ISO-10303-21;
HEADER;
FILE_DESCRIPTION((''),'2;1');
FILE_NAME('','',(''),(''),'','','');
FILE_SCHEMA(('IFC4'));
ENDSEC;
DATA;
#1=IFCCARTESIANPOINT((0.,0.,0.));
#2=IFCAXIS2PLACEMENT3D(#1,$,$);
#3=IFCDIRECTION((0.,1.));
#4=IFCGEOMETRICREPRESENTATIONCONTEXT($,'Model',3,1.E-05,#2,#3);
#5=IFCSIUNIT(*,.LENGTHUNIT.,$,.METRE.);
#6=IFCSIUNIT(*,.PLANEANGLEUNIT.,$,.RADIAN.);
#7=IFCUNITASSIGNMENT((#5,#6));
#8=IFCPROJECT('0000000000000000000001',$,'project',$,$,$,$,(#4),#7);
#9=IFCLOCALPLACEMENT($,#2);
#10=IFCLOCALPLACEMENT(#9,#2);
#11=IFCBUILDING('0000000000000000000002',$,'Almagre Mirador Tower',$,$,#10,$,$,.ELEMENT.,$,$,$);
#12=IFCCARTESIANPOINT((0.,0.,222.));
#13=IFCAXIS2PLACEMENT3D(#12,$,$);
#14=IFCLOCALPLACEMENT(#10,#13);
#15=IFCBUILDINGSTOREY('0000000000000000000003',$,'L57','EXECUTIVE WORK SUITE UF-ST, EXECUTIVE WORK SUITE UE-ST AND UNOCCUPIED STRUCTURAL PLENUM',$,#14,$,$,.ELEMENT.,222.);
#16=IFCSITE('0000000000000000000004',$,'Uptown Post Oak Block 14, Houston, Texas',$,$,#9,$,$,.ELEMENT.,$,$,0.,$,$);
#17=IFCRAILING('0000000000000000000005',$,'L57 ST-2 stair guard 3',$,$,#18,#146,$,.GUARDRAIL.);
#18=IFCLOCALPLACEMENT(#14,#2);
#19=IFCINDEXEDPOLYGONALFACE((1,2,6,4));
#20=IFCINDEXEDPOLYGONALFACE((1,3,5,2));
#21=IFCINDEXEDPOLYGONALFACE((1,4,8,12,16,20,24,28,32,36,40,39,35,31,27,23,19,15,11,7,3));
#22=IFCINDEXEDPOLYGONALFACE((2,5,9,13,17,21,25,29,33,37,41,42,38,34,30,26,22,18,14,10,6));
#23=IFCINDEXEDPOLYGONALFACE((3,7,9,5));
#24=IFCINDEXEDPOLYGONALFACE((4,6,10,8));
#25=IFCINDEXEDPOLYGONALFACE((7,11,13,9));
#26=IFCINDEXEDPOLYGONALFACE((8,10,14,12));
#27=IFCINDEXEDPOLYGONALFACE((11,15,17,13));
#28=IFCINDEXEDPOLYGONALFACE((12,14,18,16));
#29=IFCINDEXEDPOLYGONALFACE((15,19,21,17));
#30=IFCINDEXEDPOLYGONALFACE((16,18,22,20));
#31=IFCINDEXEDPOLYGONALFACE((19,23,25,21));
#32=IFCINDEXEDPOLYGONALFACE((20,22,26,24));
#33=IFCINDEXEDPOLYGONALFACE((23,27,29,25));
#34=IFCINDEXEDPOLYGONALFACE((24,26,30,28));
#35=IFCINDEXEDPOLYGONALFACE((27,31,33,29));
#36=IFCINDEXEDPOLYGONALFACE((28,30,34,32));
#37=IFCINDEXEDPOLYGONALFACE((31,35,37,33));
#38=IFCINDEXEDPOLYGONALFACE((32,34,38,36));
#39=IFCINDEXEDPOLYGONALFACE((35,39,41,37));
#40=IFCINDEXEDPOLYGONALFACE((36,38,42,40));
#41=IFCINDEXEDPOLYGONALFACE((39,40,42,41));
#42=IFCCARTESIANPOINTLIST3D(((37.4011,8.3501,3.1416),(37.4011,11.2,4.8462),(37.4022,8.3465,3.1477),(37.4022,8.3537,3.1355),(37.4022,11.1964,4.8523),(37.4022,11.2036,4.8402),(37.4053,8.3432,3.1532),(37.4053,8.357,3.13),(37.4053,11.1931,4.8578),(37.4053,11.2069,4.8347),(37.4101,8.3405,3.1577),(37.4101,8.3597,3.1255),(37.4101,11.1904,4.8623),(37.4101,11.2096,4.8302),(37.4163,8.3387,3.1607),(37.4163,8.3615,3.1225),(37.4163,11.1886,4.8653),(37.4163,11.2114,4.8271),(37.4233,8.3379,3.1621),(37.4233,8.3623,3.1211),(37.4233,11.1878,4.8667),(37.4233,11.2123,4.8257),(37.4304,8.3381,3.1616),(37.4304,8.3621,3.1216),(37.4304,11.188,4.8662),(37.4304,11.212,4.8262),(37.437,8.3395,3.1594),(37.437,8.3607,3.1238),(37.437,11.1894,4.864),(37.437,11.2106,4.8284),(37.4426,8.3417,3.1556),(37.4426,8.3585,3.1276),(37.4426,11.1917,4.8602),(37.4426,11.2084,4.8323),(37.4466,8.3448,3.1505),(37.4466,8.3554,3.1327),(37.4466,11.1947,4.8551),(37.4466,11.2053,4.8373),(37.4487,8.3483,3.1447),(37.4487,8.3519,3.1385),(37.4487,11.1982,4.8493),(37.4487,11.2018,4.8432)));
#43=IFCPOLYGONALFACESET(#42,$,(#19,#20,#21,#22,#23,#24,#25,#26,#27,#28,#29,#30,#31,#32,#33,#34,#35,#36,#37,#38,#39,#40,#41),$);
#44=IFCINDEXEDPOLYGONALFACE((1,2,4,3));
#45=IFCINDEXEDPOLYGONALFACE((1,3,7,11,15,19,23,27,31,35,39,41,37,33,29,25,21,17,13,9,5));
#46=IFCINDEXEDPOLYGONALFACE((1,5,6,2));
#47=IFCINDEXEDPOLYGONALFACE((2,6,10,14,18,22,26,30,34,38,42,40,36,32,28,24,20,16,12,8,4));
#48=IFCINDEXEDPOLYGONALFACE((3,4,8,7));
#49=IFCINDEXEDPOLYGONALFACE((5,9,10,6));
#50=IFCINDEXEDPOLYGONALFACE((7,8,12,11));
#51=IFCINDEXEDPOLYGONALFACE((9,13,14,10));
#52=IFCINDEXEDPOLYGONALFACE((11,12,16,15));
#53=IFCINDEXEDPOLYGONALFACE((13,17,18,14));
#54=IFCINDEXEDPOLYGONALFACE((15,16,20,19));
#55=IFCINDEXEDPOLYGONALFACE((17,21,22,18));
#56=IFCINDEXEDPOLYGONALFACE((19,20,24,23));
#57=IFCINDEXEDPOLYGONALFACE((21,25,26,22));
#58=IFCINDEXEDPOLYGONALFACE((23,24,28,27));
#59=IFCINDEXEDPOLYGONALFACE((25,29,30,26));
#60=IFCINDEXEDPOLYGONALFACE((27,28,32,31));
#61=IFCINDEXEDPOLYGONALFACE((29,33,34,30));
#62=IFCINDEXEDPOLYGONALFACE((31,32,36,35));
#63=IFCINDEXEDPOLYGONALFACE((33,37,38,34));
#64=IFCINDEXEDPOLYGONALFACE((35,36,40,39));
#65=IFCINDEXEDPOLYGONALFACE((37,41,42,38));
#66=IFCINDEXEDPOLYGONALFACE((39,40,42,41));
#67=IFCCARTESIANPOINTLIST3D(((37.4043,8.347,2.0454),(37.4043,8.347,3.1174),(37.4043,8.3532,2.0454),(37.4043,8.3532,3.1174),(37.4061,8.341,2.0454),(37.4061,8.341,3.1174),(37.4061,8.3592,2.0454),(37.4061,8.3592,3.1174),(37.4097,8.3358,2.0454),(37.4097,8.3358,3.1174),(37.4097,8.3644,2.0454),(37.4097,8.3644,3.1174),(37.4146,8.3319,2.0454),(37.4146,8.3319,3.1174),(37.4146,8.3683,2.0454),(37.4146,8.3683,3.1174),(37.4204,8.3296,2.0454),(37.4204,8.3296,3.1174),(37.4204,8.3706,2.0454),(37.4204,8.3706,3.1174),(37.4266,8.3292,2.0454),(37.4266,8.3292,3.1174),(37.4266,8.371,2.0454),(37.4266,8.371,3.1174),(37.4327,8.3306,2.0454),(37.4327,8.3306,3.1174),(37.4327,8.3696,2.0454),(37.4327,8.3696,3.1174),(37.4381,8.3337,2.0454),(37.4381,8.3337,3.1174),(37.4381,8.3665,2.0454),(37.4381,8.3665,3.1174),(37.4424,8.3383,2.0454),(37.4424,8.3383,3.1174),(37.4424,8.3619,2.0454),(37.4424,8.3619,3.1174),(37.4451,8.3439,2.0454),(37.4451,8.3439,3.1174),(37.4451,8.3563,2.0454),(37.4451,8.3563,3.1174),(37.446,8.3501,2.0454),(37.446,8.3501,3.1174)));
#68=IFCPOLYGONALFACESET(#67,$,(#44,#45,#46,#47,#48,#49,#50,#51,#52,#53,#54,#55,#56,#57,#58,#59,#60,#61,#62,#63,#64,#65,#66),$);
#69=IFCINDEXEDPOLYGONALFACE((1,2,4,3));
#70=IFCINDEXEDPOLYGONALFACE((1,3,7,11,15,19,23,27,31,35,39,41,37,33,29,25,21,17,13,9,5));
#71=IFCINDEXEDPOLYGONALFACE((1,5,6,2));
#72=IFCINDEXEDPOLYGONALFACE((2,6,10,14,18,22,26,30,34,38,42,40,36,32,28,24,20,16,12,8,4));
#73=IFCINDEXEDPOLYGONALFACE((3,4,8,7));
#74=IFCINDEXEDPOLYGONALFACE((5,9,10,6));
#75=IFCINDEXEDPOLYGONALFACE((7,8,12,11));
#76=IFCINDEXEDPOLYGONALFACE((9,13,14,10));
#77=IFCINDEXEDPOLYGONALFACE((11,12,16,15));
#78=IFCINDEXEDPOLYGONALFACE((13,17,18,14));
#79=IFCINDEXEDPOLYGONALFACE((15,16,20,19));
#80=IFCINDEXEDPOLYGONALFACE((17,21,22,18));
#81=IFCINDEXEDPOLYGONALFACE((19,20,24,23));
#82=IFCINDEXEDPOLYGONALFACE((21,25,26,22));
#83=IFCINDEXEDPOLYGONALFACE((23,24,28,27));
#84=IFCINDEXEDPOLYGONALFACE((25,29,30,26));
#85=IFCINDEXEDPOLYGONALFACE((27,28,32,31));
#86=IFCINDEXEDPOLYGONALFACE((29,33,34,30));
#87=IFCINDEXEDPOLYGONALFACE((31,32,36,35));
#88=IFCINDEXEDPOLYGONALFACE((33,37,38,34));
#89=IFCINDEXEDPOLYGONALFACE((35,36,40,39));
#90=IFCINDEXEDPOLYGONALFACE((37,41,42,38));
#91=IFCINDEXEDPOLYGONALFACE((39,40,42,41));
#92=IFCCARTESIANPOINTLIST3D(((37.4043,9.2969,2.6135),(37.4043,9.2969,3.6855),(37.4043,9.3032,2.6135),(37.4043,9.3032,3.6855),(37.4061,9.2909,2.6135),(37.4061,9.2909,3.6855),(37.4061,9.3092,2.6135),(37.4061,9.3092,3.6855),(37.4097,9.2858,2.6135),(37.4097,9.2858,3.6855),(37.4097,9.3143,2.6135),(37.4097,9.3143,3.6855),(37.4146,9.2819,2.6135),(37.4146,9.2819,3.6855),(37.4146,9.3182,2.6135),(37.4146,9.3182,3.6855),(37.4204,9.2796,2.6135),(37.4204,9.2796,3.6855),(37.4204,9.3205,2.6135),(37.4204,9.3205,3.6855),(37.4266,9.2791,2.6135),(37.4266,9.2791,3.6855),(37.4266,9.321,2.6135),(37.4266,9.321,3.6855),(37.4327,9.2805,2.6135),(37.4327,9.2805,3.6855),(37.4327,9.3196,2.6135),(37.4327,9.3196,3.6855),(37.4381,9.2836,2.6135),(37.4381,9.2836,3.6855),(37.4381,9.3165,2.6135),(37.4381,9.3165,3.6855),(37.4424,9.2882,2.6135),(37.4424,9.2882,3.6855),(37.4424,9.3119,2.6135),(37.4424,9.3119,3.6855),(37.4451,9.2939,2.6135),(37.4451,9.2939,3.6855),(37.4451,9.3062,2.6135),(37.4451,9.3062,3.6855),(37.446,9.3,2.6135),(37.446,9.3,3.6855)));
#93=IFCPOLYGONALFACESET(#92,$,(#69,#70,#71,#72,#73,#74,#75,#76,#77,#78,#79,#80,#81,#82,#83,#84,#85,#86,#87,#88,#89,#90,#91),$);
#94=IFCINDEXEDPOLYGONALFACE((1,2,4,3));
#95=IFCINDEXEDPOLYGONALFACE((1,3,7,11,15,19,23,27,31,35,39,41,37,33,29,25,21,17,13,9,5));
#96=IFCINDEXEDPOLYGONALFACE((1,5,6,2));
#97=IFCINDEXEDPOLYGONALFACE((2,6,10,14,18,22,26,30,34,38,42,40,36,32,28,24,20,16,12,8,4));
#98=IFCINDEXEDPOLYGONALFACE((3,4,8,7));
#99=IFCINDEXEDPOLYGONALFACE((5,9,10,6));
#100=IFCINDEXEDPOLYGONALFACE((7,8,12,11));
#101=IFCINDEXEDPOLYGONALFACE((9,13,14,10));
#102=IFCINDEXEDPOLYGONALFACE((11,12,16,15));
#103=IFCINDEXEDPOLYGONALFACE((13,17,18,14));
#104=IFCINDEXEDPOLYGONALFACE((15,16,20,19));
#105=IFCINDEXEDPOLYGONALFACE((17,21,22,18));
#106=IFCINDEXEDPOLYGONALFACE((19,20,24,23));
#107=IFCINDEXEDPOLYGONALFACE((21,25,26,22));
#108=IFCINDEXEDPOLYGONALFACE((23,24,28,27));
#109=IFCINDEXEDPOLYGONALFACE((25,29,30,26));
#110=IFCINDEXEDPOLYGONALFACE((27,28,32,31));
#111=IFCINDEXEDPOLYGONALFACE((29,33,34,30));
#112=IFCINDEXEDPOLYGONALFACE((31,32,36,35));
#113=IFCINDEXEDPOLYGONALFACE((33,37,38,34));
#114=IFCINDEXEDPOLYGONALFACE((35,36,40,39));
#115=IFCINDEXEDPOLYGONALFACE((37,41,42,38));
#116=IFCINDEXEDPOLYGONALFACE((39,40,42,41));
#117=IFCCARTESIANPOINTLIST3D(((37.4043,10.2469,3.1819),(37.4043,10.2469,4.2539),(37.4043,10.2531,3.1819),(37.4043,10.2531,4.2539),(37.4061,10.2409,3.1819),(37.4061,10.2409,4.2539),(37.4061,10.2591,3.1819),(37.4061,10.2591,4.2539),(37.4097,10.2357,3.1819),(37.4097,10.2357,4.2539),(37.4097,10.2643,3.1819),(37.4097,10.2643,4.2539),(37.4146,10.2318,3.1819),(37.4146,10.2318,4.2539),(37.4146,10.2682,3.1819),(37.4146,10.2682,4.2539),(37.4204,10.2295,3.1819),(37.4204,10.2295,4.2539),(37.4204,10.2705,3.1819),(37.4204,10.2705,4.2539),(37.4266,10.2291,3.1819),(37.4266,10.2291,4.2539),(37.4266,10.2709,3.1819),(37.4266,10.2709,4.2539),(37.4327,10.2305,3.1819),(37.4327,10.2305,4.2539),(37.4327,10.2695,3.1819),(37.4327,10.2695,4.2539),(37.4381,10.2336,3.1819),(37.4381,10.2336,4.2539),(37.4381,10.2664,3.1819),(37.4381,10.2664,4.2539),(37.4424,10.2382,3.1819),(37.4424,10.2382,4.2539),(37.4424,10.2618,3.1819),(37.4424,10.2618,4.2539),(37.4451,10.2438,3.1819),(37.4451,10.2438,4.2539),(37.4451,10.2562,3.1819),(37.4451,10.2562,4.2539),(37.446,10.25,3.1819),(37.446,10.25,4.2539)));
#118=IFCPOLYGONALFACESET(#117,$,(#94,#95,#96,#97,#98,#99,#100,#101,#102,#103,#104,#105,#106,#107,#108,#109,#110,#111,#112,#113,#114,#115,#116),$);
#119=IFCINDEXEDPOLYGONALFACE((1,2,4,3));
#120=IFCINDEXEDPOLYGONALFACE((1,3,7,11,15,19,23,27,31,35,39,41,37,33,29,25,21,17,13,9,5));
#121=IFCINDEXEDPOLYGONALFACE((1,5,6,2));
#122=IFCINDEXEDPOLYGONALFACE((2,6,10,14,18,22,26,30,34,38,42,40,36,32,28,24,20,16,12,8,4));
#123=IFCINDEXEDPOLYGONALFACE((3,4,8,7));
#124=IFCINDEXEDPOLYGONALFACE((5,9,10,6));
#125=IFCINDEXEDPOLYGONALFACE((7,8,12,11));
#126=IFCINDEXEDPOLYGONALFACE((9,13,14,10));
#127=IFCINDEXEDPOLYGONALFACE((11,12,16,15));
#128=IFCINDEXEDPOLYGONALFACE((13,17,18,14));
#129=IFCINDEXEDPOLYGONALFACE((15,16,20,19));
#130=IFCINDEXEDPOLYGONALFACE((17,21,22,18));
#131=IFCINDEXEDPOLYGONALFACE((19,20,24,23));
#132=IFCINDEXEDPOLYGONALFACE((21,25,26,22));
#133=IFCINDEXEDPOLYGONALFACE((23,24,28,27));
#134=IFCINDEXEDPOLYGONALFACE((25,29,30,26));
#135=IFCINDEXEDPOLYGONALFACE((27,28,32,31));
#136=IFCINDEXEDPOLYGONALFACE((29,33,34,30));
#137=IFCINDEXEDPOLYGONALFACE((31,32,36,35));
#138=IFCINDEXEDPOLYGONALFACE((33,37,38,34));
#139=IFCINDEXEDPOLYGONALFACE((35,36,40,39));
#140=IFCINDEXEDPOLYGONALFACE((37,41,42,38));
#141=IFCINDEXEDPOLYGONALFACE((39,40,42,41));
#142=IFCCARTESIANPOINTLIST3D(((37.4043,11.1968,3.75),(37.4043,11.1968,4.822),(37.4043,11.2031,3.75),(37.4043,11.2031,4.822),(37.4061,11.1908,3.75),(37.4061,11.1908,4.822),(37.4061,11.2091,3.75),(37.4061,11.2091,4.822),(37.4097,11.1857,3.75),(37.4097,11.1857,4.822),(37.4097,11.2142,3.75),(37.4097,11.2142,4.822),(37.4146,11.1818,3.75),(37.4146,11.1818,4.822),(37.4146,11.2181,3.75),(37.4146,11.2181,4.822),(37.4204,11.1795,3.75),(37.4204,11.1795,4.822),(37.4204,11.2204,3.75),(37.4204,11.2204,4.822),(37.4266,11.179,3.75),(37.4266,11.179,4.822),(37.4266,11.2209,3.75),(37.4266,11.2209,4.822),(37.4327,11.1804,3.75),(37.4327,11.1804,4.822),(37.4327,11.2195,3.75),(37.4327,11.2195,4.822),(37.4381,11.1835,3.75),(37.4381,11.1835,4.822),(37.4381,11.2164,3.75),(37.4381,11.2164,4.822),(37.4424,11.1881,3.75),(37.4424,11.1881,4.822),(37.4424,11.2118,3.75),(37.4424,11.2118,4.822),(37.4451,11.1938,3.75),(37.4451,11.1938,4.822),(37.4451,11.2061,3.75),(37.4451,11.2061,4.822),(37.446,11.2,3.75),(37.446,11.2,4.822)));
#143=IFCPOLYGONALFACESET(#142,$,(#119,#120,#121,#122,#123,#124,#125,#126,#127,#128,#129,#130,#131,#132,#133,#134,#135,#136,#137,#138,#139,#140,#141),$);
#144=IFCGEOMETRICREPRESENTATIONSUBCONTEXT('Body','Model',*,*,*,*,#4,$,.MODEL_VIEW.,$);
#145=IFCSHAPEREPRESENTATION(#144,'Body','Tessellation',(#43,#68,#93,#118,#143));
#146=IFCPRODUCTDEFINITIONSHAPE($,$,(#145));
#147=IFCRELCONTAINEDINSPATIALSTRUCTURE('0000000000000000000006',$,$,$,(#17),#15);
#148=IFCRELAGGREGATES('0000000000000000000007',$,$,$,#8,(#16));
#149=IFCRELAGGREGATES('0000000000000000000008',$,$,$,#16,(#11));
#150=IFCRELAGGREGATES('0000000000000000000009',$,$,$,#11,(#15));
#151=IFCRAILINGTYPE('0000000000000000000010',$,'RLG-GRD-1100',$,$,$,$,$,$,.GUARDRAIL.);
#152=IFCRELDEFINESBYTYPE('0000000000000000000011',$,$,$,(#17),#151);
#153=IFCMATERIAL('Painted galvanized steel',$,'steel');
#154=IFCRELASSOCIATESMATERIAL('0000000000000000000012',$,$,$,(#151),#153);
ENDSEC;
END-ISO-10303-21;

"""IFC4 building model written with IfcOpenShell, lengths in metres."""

from ifc_helpers import new_model, si_unit, direction, frame, origin, origin_2d, place, context, subcontext, project, spatial, circle, extrude, material, type_object, element, save


model = new_model("IFC4")

# Units and contexts
model_context = context("Model", 3, precision=1e-05, world=origin(), true_north=direction((0.0, 1.0)))
body_context = subcontext(model_context, "Body", "Model", "MODEL_VIEW")
ifc_project = project(units=[si_unit("LENGTHUNIT", "METRE"), si_unit("PLANEANGLEUNIT", "RADIAN")], contexts=[model_context])

# Site, building, storey
site_placement = place(None, origin())
site = spatial("IfcSite", under=ifc_project, at=site_placement, Name="Uptown Post Oak Block 14, Houston, Texas", CompositionType="ELEMENT", RefElevation=0.0)
building_placement = place(site_placement, origin())
building = spatial("IfcBuilding", under=site, at=building_placement, Name="Almagre Mirador Tower", CompositionType="ELEMENT")
storey_placement = place(building_placement, frame((0.0, 0.0, 222.0)))
storey = spatial("IfcBuildingStorey", under=building, at=storey_placement, Name="L57", Description="EXECUTIVE WORK SUITE UF-ST, EXECUTIVE WORK SUITE UE-ST AND UNOCCUPIED STRUCTURAL PLENUM", CompositionType="ELEMENT", Elevation=222.0)

# Railing
ifc_material_1 = material(Name="Painted galvanized steel", Category="steel")
railing_type_1 = type_object("IfcRailingType", Name="RLG-GRD-1100", PredefinedType="GUARDRAIL", material=ifc_material_1)
railing_1_placement = place(storey_placement, frame((37.425, 8.3501, 2.0454)))
element("IfcRailing", 1, at=railing_1_placement, inside=storey, type_object=railing_type_1, Name="L57 ST-2 stair guard 3", PredefinedType="GUARDRAIL", context=body_context, shape_type="SweptSolid", body=[
    extrude(circle(Radius=0.0239, at=origin_2d()), frame((0.0, 0.0, 1.0962), z_axis=(0.0, 0.858199, 0.513317), x_axis=(-1.0, 0.0, 0.0)), (0.0, 0.0, 1.0), 3.3208),
    extrude(circle(Radius=0.021, at=origin_2d()), origin(), (0.0, 0.0, 1.0), 1.072),
    extrude(circle(Radius=0.021, at=origin_2d()), frame((0.0, 0.95, 0.5681)), (0.0, 0.0, 1.0), 1.072),
    extrude(circle(Radius=0.021, at=origin_2d()), frame((0.0, 1.8999, 1.1365)), (0.0, 0.0, 1.0), 1.072),
    extrude(circle(Radius=0.021, at=origin_2d()), frame((0.0, 2.8499, 1.7046)), (0.0, 0.0, 1.0), 1.072),
])

save(model, "model.ifc")
